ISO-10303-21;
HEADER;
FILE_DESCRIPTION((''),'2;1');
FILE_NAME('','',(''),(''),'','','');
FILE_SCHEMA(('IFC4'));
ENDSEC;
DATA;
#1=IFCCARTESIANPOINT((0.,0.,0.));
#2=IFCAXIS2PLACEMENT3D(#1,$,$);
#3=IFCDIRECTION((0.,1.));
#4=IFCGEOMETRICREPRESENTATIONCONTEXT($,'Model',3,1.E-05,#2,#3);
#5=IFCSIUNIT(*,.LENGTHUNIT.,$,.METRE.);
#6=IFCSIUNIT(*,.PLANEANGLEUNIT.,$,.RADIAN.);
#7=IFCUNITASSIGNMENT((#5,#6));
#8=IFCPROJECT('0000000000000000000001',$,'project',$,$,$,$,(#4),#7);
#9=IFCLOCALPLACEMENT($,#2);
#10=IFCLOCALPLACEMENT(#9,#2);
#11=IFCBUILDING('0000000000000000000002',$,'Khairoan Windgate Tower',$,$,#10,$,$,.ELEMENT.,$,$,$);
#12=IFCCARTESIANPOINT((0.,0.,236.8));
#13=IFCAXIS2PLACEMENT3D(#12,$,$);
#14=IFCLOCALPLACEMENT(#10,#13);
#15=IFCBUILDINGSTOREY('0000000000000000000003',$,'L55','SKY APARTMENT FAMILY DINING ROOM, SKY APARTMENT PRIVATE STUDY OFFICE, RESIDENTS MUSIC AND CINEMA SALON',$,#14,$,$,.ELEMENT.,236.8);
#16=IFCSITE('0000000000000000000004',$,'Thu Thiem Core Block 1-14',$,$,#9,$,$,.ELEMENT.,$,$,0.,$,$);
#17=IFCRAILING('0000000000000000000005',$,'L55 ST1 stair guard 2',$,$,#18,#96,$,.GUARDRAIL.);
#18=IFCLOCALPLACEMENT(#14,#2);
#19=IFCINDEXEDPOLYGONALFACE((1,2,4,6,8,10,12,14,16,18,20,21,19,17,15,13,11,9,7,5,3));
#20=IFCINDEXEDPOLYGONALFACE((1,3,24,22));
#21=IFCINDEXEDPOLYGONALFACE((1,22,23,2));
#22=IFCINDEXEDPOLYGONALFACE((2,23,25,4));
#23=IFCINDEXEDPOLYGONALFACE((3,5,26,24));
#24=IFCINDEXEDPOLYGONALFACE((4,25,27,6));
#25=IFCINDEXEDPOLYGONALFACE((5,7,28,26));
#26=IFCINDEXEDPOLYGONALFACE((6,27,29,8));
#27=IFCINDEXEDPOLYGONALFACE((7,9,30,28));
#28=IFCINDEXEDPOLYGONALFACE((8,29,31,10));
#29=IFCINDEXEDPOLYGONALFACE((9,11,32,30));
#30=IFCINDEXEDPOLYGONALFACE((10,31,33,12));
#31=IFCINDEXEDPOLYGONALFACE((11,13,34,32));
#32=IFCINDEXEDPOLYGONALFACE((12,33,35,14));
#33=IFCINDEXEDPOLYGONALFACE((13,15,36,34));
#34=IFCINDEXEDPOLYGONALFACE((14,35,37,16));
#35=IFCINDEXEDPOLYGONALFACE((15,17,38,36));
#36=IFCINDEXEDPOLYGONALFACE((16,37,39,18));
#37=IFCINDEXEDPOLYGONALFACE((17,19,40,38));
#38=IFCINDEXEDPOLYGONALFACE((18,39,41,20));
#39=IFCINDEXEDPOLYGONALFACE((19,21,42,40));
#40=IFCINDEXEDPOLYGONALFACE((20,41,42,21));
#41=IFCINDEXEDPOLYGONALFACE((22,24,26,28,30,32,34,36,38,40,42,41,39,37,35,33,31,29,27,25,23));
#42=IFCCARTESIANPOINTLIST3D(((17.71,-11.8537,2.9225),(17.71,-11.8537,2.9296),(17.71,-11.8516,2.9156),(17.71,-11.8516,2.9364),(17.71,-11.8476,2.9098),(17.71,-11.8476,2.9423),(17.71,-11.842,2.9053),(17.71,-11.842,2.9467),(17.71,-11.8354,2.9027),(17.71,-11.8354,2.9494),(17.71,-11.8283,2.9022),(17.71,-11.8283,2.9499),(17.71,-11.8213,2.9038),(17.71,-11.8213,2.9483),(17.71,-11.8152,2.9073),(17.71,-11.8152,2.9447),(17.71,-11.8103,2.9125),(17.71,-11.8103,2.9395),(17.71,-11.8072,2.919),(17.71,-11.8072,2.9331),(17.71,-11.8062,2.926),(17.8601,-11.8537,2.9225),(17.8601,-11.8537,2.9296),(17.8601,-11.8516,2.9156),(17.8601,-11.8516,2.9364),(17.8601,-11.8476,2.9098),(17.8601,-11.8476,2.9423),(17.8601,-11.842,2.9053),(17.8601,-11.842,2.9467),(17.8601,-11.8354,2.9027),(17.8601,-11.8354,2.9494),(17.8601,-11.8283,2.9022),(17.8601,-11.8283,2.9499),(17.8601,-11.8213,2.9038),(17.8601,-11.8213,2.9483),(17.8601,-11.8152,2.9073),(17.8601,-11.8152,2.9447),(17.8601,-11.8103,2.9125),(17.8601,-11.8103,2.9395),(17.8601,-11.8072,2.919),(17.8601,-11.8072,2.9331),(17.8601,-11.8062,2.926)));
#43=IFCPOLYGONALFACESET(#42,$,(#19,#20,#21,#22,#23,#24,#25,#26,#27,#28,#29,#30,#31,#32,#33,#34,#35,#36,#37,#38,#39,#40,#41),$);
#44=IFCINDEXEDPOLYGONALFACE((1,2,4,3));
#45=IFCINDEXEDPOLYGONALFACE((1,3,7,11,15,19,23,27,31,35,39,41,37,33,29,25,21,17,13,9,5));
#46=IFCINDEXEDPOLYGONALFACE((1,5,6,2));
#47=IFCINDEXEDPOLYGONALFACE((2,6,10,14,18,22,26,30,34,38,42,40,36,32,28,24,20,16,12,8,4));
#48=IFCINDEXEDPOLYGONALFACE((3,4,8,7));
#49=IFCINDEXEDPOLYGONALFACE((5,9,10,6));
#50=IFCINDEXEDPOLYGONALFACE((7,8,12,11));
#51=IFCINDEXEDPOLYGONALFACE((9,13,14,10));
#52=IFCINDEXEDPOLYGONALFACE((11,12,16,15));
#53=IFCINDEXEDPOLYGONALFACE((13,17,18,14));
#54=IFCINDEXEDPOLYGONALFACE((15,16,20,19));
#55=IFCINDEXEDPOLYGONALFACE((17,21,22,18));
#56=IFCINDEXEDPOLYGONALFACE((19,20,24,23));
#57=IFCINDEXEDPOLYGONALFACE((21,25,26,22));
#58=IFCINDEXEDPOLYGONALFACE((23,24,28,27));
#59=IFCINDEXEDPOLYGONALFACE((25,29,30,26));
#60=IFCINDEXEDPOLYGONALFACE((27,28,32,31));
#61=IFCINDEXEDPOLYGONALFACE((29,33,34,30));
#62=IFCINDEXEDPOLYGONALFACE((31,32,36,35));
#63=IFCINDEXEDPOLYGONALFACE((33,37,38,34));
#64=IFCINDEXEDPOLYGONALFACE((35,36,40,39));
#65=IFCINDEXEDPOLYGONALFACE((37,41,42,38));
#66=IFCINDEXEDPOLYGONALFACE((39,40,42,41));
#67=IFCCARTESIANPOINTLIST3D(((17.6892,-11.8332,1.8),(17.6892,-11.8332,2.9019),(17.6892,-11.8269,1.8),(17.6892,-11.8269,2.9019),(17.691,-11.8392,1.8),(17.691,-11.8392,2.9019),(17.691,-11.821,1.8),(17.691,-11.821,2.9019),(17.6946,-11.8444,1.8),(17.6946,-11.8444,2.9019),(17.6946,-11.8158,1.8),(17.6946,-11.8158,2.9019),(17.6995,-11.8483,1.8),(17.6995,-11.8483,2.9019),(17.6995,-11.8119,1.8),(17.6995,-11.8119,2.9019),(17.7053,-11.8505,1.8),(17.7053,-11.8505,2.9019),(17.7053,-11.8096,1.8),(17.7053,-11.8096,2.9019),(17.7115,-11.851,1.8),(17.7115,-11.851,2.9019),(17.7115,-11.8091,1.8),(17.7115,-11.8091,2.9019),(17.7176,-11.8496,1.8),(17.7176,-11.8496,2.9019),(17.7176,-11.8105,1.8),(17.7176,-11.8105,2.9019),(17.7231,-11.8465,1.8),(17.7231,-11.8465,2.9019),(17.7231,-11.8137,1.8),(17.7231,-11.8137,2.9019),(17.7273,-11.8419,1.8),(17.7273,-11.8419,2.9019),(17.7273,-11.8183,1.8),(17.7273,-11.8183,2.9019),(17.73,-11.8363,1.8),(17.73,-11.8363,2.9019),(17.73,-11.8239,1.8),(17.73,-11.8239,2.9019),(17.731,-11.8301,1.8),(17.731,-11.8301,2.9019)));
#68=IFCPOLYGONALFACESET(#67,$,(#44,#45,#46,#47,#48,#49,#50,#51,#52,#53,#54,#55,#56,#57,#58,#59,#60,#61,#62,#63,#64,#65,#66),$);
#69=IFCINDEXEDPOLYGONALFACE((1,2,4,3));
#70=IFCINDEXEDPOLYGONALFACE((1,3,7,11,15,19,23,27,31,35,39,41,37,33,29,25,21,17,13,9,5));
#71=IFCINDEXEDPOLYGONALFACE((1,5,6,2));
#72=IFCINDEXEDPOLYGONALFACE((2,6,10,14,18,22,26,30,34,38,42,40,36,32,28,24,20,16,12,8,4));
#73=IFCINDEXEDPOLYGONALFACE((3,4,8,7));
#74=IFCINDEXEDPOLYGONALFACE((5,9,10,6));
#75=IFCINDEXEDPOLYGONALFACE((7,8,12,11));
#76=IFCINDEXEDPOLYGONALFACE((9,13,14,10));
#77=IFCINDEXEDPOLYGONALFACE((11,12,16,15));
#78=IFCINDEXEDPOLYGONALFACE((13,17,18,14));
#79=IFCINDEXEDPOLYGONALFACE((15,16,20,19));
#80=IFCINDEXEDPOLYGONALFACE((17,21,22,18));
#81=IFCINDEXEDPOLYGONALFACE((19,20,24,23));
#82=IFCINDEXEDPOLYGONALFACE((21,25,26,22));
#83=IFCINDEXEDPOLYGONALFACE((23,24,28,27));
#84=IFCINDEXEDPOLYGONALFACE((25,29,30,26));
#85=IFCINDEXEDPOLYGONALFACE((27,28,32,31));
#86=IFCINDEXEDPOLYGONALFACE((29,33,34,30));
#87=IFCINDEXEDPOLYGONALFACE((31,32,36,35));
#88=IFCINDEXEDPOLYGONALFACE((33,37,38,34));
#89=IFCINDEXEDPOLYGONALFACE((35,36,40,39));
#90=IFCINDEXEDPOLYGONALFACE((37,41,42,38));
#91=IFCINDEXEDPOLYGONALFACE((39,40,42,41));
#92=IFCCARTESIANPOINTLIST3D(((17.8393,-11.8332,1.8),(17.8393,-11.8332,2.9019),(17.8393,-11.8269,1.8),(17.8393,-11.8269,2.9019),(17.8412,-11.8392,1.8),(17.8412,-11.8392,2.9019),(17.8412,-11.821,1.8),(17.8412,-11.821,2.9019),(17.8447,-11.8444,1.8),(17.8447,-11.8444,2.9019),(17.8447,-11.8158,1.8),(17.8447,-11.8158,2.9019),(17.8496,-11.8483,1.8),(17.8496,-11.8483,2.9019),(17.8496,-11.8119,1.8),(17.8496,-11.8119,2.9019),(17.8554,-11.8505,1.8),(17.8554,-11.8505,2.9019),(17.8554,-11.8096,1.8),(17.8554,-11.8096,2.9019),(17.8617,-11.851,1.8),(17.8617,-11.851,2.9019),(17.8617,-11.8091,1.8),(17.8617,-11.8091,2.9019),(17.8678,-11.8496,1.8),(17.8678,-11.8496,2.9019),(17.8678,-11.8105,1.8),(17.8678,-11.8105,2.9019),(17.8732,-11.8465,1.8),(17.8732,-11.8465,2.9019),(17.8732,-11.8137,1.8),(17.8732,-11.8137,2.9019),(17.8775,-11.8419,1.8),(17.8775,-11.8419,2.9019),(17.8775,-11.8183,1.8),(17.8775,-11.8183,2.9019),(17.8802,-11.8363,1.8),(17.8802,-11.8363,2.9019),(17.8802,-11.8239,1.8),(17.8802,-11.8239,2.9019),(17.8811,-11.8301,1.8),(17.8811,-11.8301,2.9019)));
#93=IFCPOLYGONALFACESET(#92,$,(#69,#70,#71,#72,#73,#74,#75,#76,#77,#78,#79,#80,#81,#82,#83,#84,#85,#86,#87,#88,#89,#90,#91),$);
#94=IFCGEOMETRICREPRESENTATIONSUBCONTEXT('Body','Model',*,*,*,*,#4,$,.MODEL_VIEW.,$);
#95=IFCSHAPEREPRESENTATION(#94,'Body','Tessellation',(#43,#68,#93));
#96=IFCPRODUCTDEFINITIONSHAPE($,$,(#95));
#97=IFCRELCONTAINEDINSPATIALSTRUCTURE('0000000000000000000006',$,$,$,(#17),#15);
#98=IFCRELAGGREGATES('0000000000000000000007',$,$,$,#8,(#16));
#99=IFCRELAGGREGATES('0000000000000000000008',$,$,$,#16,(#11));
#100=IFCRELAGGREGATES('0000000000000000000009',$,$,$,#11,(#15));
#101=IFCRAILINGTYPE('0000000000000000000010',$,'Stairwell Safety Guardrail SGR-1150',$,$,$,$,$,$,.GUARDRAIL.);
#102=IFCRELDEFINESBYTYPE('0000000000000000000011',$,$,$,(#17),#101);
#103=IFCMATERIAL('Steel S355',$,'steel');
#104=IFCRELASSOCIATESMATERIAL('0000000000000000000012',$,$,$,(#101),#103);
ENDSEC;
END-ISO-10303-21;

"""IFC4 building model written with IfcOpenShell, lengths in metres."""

from ifc_helpers import new_model, si_unit, direction, frame, origin, origin_2d, place, context, subcontext, project, spatial, circle, extrude, material, type_object, element, save


model = new_model("IFC4")

# Units and contexts
model_context = context("Model", 3, precision=1e-05, world=origin(), true_north=direction((0.0, 1.0)))
body_context = subcontext(model_context, "Body", "Model", "MODEL_VIEW")
ifc_project = project(units=[si_unit("LENGTHUNIT", "METRE"), si_unit("PLANEANGLEUNIT", "RADIAN")], contexts=[model_context])

# Site, building, storey
site_placement = place(None, origin())
site = spatial("IfcSite", under=ifc_project, at=site_placement, Name="Thu Thiem Core Block 1-14", CompositionType="ELEMENT", RefElevation=0.0)
building_placement = place(site_placement, origin())
building = spatial("IfcBuilding", under=site, at=building_placement, Name="Khairoan Windgate Tower", CompositionType="ELEMENT")
storey_placement = place(building_placement, frame((0.0, 0.0, 236.8)))
storey = spatial("IfcBuildingStorey", under=building, at=storey_placement, Name="L55", Description="SKY APARTMENT FAMILY DINING ROOM, SKY APARTMENT PRIVATE STUDY OFFICE, RESIDENTS MUSIC AND CINEMA SALON", CompositionType="ELEMENT", Elevation=236.8)

# Railing
ifc_material_1 = material(Name="Steel S355", Category="steel")
railing_type_1 = type_object("IfcRailingType", Name="Stairwell Safety Guardrail SGR-1150", PredefinedType="GUARDRAIL", material=ifc_material_1)
railing_1_placement = place(storey_placement, frame((17.71, -11.8301, 1.8)))
element("IfcRailing", 1, at=railing_1_placement, inside=storey, type_object=railing_type_1, Name="L55 ST1 stair guard 2", PredefinedType="GUARDRAIL", context=body_context, shape_type="SweptSolid", body=[
    extrude(circle(Radius=0.0239, at=origin_2d()), frame((0.0, 0.0, 1.126), z_axis=(1.0, 0.0, 0.0), x_axis=(0.0, 1.0, 0.0)), (0.0, 0.0, 1.0), 0.1501),
    extrude(circle(Radius=0.021, at=origin_2d()), origin(), (0.0, 0.0, 1.0), 1.1018),
    extrude(circle(Radius=0.021, at=origin_2d()), frame((0.1501, 0.0, 0.0)), (0.0, 0.0, 1.0), 1.1018),
])

save(model, "model.ifc")
